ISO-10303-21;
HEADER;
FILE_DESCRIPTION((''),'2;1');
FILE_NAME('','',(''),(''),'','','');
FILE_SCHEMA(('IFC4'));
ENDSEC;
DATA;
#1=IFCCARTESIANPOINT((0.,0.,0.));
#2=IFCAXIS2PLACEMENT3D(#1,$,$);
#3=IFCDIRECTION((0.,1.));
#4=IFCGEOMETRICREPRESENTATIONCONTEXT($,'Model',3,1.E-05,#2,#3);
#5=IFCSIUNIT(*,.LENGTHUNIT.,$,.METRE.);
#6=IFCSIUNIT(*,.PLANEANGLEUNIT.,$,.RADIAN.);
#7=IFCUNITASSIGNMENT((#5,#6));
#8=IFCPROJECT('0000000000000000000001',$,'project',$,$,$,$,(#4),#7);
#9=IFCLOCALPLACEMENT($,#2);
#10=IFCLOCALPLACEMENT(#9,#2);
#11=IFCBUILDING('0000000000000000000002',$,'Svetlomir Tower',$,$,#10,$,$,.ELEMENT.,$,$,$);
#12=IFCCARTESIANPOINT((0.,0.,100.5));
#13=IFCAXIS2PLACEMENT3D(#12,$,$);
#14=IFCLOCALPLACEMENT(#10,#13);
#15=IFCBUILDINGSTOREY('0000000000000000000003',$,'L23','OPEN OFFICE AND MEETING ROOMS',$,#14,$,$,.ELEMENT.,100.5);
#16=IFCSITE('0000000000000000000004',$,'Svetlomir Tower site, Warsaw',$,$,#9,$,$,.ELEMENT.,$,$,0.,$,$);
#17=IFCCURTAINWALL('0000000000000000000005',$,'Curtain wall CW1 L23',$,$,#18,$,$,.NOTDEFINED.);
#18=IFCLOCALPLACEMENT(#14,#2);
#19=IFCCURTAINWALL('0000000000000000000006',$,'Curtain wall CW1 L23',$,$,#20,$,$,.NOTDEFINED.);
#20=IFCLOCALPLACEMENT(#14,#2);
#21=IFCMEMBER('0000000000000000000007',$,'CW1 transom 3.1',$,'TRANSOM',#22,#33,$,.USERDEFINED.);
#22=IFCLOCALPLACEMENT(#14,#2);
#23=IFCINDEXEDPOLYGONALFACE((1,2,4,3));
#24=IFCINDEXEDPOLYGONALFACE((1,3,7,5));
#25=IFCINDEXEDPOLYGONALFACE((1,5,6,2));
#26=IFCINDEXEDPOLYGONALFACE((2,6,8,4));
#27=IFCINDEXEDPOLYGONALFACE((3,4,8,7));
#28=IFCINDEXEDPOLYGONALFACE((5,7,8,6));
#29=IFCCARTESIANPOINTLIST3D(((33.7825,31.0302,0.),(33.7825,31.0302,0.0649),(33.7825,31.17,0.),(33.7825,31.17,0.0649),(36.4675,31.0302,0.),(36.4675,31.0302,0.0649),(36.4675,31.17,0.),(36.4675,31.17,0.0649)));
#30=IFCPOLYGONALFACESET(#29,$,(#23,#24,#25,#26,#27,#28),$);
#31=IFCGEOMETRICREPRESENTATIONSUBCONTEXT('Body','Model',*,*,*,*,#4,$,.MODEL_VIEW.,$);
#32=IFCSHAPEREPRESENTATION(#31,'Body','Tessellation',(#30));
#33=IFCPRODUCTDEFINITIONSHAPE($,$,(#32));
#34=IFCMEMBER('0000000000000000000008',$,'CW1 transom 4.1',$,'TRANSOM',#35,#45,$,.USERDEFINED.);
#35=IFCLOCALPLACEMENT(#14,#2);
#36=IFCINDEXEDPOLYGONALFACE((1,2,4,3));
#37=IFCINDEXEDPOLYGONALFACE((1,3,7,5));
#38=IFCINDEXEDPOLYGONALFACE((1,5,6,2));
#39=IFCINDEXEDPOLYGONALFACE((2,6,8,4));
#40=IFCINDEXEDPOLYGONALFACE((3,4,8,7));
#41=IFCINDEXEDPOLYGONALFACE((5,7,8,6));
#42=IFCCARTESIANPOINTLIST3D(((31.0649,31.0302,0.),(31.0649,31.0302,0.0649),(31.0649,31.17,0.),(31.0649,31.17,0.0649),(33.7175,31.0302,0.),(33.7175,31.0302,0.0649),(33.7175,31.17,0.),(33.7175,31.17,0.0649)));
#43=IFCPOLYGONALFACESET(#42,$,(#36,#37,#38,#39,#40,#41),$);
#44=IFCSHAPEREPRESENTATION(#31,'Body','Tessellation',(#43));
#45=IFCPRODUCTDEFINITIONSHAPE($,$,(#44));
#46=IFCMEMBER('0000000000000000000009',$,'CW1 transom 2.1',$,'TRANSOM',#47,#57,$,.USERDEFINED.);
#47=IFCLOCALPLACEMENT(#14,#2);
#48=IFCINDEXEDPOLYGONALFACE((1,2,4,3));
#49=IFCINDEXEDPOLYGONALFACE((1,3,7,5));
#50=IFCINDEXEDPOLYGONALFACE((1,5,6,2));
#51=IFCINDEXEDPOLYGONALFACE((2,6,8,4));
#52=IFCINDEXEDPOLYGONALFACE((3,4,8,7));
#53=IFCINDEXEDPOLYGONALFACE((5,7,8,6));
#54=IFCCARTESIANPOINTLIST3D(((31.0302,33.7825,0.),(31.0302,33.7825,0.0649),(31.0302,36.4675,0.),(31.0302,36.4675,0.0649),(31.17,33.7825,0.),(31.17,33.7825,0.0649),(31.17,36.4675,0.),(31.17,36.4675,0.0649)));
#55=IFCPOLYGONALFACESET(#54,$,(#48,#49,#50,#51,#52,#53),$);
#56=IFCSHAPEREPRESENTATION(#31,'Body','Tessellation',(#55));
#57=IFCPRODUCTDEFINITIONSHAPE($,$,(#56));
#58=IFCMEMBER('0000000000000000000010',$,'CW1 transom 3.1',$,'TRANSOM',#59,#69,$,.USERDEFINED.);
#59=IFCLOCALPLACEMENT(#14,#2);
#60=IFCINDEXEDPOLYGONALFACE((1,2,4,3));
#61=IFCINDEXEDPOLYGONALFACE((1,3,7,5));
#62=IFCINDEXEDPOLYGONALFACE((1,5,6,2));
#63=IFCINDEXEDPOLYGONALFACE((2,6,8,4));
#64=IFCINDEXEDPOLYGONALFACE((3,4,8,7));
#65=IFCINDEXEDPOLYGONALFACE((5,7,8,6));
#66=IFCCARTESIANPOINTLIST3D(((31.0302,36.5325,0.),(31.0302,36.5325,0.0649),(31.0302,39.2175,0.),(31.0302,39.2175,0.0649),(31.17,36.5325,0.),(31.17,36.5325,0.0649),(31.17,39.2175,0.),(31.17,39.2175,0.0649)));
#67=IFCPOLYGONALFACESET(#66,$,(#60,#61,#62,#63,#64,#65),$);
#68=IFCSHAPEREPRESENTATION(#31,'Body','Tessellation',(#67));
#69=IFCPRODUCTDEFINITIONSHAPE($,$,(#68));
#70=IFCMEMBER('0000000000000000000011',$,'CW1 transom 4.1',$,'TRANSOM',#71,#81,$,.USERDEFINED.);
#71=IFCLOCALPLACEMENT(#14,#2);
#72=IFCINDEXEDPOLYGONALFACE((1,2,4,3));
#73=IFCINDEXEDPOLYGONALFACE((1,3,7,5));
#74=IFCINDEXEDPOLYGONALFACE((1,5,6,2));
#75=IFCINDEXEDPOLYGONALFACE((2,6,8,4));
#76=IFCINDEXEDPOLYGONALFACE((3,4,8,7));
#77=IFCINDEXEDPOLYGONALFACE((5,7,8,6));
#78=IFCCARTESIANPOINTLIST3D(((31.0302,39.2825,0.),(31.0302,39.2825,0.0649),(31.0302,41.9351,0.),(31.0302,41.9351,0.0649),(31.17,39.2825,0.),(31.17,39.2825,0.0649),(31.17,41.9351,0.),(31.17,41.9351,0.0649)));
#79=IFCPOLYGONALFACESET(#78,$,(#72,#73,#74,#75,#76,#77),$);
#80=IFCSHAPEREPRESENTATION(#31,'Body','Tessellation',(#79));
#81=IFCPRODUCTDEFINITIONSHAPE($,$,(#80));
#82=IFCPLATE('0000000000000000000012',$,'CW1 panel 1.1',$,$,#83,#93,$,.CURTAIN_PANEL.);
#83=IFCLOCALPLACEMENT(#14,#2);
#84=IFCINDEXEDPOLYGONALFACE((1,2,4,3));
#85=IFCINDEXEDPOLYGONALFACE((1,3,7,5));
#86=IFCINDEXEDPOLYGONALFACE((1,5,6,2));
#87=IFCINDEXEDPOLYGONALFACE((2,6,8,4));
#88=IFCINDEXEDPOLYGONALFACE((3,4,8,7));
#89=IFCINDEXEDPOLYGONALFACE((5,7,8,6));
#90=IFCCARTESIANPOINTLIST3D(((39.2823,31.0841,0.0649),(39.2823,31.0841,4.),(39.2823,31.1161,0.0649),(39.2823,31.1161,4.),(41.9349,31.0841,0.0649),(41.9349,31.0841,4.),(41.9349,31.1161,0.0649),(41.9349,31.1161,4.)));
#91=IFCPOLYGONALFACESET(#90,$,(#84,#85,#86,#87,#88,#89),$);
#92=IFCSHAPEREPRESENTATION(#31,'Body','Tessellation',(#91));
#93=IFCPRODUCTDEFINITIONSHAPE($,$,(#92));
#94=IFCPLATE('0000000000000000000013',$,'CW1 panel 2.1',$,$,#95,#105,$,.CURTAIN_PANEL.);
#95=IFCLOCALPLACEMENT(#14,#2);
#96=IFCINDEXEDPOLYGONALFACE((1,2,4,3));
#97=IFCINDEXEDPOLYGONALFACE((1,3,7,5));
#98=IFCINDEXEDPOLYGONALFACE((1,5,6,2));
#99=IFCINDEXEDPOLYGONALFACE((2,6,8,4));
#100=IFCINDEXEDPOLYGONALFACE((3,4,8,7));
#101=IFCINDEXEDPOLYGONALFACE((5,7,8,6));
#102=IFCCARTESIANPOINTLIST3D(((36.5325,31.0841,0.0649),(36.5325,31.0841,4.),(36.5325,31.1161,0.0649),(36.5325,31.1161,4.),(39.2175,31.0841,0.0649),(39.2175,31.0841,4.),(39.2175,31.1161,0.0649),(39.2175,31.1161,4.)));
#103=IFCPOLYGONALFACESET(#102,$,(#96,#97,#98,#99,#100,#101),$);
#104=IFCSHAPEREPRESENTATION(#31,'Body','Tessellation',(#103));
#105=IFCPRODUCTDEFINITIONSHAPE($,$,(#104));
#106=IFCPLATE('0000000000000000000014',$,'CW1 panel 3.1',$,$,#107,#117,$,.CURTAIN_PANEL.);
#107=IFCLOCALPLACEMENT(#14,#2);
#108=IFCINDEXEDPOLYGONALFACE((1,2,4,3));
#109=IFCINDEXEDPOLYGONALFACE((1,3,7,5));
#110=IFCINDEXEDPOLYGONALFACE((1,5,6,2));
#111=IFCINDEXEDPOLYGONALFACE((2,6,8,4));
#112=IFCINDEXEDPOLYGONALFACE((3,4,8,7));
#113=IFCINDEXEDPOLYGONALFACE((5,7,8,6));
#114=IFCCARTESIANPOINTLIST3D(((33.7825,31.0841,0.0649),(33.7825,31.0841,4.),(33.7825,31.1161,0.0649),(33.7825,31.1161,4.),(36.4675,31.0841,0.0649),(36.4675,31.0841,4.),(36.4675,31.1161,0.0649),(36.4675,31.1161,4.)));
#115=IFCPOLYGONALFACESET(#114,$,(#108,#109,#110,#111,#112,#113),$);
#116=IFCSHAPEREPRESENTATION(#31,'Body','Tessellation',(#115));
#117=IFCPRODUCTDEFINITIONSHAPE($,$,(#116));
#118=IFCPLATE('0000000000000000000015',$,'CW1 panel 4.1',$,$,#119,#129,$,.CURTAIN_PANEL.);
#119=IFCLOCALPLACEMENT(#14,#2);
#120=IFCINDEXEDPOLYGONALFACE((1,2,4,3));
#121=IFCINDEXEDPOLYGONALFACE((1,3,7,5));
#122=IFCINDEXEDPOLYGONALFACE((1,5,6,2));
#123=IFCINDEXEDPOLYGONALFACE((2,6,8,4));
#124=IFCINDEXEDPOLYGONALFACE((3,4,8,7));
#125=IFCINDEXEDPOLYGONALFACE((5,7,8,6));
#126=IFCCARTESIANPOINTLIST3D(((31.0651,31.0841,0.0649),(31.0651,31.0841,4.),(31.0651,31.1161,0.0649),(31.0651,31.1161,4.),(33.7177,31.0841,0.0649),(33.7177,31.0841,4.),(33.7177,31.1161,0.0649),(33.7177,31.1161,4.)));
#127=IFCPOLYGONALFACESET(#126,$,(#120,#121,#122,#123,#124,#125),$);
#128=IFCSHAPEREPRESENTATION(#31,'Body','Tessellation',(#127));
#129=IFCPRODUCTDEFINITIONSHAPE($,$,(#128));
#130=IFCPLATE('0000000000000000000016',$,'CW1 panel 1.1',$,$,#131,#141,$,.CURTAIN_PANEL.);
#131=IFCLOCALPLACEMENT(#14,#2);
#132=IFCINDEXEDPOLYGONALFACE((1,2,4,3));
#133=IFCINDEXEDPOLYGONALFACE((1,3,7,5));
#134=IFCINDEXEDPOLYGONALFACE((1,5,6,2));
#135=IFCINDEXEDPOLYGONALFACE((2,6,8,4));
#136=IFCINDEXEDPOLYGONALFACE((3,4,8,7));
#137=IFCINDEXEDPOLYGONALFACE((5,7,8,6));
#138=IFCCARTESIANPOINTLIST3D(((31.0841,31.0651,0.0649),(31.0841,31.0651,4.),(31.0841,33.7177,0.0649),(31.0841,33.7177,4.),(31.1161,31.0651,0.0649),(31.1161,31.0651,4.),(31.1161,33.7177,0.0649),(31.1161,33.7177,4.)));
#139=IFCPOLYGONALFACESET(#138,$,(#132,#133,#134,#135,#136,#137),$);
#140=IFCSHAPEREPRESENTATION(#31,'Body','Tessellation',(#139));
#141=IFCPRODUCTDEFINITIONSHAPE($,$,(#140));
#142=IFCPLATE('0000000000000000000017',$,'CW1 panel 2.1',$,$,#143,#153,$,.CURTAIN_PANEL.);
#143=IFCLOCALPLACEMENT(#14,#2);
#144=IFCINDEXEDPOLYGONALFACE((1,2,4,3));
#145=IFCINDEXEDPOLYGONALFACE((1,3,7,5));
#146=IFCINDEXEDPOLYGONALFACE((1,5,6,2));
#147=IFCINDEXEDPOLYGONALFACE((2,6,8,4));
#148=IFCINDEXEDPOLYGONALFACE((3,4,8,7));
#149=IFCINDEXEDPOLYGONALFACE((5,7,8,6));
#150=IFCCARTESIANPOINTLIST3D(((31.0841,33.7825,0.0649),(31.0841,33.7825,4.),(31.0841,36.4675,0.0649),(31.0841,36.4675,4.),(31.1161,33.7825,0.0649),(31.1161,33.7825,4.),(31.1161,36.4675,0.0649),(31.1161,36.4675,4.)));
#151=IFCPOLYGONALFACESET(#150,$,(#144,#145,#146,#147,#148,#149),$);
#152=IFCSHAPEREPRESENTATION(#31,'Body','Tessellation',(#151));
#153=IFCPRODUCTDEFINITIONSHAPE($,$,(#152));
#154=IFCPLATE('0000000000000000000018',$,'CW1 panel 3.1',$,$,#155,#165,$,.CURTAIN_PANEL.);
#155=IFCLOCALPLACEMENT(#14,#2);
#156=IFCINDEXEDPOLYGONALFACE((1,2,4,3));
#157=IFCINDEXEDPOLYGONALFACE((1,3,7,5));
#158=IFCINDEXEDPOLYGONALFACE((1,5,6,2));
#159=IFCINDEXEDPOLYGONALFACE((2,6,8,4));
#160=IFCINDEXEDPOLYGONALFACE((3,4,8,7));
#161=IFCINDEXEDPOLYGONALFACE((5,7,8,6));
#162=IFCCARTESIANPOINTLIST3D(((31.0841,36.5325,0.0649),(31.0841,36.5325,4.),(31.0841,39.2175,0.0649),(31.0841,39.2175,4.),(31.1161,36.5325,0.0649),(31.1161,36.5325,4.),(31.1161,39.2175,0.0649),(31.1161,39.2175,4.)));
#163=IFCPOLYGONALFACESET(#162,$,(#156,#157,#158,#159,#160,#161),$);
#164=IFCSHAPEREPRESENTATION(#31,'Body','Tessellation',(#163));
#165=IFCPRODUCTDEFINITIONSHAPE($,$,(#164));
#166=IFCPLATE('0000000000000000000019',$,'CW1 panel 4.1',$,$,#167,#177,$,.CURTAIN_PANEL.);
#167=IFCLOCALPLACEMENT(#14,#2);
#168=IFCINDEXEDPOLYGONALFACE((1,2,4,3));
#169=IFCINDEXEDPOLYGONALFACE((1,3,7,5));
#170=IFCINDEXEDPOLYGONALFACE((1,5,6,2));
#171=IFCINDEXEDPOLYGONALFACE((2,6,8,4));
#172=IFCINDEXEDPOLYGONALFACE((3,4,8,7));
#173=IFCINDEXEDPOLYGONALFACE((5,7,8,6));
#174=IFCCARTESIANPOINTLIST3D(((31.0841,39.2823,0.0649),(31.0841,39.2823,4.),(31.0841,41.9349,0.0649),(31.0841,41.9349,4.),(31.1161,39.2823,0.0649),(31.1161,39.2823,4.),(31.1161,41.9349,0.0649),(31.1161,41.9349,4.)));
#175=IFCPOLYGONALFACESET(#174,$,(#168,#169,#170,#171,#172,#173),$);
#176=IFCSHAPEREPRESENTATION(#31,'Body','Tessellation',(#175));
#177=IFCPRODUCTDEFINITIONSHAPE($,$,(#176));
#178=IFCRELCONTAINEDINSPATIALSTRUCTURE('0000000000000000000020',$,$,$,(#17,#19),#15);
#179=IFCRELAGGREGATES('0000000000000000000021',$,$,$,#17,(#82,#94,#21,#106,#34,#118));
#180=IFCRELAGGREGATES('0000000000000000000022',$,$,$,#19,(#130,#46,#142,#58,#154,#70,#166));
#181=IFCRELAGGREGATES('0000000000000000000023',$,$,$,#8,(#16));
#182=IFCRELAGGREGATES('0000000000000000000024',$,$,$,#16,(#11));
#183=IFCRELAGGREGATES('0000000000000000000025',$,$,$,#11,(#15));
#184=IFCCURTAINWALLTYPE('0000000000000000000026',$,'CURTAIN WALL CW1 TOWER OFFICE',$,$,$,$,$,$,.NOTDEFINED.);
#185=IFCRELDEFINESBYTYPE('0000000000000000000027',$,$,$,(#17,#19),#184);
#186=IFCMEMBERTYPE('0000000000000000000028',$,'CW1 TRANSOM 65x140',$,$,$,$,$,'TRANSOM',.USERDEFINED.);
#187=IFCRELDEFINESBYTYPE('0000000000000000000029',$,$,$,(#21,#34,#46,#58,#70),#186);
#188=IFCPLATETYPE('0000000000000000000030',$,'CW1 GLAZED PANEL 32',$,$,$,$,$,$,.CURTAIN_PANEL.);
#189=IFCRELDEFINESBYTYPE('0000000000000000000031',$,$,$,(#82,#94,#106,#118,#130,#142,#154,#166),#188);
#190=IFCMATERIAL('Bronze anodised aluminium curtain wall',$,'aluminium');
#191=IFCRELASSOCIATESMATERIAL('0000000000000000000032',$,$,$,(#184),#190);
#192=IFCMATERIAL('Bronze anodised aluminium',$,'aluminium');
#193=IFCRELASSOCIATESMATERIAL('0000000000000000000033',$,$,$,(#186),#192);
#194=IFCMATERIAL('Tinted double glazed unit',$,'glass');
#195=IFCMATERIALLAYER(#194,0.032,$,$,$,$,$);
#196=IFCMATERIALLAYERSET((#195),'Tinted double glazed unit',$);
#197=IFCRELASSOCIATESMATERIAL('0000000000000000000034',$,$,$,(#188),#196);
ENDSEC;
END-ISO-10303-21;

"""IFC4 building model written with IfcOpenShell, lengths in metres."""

from ifc_helpers import new_model, si_unit, direction, frame, origin, origin_2d, place, context, subcontext, project, spatial, rectangle, extrude, material, layer, layer_set, material_profile, profile_set, type_object, element, aggregate, save


model = new_model("IFC4")

# Units and contexts
model_context = context("Model", 3, precision=1e-05, world=origin(), true_north=direction((0.0, 1.0)))
body_context = subcontext(model_context, "Body", "Model", "MODEL_VIEW")
ifc_project = project(units=[si_unit("LENGTHUNIT", "METRE"), si_unit("PLANEANGLEUNIT", "RADIAN")], contexts=[model_context])

# Site, building, storey
site_placement = place(None, origin())
site = spatial("IfcSite", under=ifc_project, at=site_placement, Name="Svetlomir Tower site, Warsaw", CompositionType="ELEMENT", RefElevation=0.0)
building_placement = place(site_placement, origin())
building = spatial("IfcBuilding", under=site, at=building_placement, Name="Svetlomir Tower", CompositionType="ELEMENT")
storey_placement = place(building_placement, frame((0.0, 0.0, 100.5)))
storey = spatial("IfcBuildingStorey", under=building, at=storey_placement, Name="L23", Description="OPEN OFFICE AND MEETING ROOMS", CompositionType="ELEMENT", Elevation=100.5)

# Curtain walls
ifc_material_1 = material(Name="Bronze anodised aluminium curtain wall", Category="aluminium")
curtain_wall_type = type_object("IfcCurtainWallType", Name="CURTAIN WALL CW1 TOWER OFFICE", PredefinedType="NOTDEFINED", material=ifc_material_1)
curtain_wall_1_placement = place(storey_placement, origin())
curtain_wall_1 = element("IfcCurtainWall", 1, at=curtain_wall_1_placement, inside=storey, type_object=curtain_wall_type, Name="Curtain wall CW1 L23", PredefinedType="NOTDEFINED")
curtain_wall_2_placement = place(storey_placement, origin())
curtain_wall_2 = element("IfcCurtainWall", 2, at=curtain_wall_2_placement, inside=storey, type_object=curtain_wall_type, Name="Curtain wall CW1 L23", PredefinedType="NOTDEFINED")

# Members
ifc_material_2 = material(Name="Bronze anodised aluminium", Category="aluminium")
ifc_material_profile_1 = material_profile(ifc_material_2, rectangle(XDim=0.1399, YDim=0.0649, at=origin_2d()), Name="AL 140x65")
ifc_profile_set_1 = profile_set([ifc_material_profile_1], Name="Bronze anodised aluminium 6063-T6")
member_type_1 = type_object("IfcMemberType", Name="CW1 TRANSOM 65x140", ElementType="TRANSOM", PredefinedType="USERDEFINED", material=ifc_profile_set_1)
member_1_placement = place(storey_placement, frame((36.4675, 31.1001, 0.0325), z_axis=(-1.0, 0.0, 0.0), x_axis=(0.0, -1.0, 0.0)))
member_1 = element("IfcMember", 3, at=member_1_placement, type_object=member_type_1, Name="CW1 transom 3.1", ObjectType="TRANSOM", PredefinedType="USERDEFINED", context=body_context, shape_type="SweptSolid", body=[
    extrude(rectangle(XDim=0.1399, YDim=0.0649, at=origin_2d()), origin(), (0.0, 0.0, 1.0), 2.6851),
])
member_2_placement = place(storey_placement, frame((33.7175, 31.1001, 0.0325), z_axis=(-1.0, 0.0, 0.0), x_axis=(0.0, -1.0, 0.0)))
member_2 = element("IfcMember", 4, at=member_2_placement, type_object=member_type_1, Name="CW1 transom 4.1", ObjectType="TRANSOM", PredefinedType="USERDEFINED", context=body_context, shape_type="SweptSolid", body=[
    extrude(rectangle(XDim=0.1399, YDim=0.0649, at=origin_2d()), origin(), (0.0, 0.0, 1.0), 2.6526),
])
member_3_placement = place(storey_placement, frame((31.1001, 33.7825, 0.0325), z_axis=(0.0, 1.0, 0.0), x_axis=(-1.0, 0.0, 0.0)))
member_3 = element("IfcMember", 5, at=member_3_placement, type_object=member_type_1, Name="CW1 transom 2.1", ObjectType="TRANSOM", PredefinedType="USERDEFINED", context=body_context, shape_type="SweptSolid", body=[
    extrude(rectangle(XDim=0.1399, YDim=0.0649, at=origin_2d()), origin(), (0.0, 0.0, 1.0), 2.6851),
])
member_4_placement = place(storey_placement, frame((31.1001, 36.5325, 0.0325), z_axis=(0.0, 1.0, 0.0), x_axis=(-1.0, 0.0, 0.0)))
member_4 = element("IfcMember", 6, at=member_4_placement, type_object=member_type_1, Name="CW1 transom 3.1", ObjectType="TRANSOM", PredefinedType="USERDEFINED", context=body_context, shape_type="SweptSolid", body=[
    extrude(rectangle(XDim=0.1399, YDim=0.0649, at=origin_2d()), origin(), (0.0, 0.0, 1.0), 2.6851),
])
member_5_placement = place(storey_placement, frame((31.1001, 39.2825, 0.0325), z_axis=(0.0, 1.0, 0.0), x_axis=(-1.0, 0.0, 0.0)))
member_5 = element("IfcMember", 7, at=member_5_placement, type_object=member_type_1, Name="CW1 transom 4.1", ObjectType="TRANSOM", PredefinedType="USERDEFINED", context=body_context, shape_type="SweptSolid", body=[
    extrude(rectangle(XDim=0.1399, YDim=0.0649, at=origin_2d()), origin(), (0.0, 0.0, 1.0), 2.6526),
])

# Plates
ifc_material_3 = material(Name="Tinted double glazed unit", Category="glass")
ifc_layer = layer(ifc_material_3, 0.032)
ifc_layer_set = layer_set([ifc_layer], Name="Tinted double glazed unit")
plate_type = type_object("IfcPlateType", Name="CW1 GLAZED PANEL 32", PredefinedType="CURTAIN_PANEL", material=ifc_layer_set)
plate_1_placement = place(storey_placement, frame((40.6086, 31.1001, 0.0649), z_axis=(0.0, 0.0, 1.0), x_axis=(-1.0, 0.0, 0.0)))
plate_1 = element("IfcPlate", 8, at=plate_1_placement, type_object=plate_type, Name="CW1 panel 1.1", PredefinedType="CURTAIN_PANEL", context=body_context, shape_type="SweptSolid", body=[
    extrude(rectangle(XDim=2.6526, YDim=0.032, at=origin_2d()), origin(), (0.0, 0.0, 1.0), 3.9351),
])
plate_2_placement = place(storey_placement, frame((37.875, 31.1001, 0.0649), z_axis=(0.0, 0.0, 1.0), x_axis=(-1.0, 0.0, 0.0)))
plate_2 = element("IfcPlate", 9, at=plate_2_placement, type_object=plate_type, Name="CW1 panel 2.1", PredefinedType="CURTAIN_PANEL", context=body_context, shape_type="SweptSolid", body=[
    extrude(rectangle(XDim=2.6851, YDim=0.032, at=origin_2d()), origin(), (0.0, 0.0, 1.0), 3.9351),
])
plate_3_placement = place(storey_placement, frame((35.125, 31.1001, 0.0649), z_axis=(0.0, 0.0, 1.0), x_axis=(-1.0, 0.0, 0.0)))
plate_3 = element("IfcPlate", 10, at=plate_3_placement, type_object=plate_type, Name="CW1 panel 3.1", PredefinedType="CURTAIN_PANEL", context=body_context, shape_type="SweptSolid", body=[
    extrude(rectangle(XDim=2.6851, YDim=0.032, at=origin_2d()), origin(), (0.0, 0.0, 1.0), 3.9351),
])
plate_4_placement = place(storey_placement, frame((32.3914, 31.1001, 0.0649), z_axis=(0.0, 0.0, 1.0), x_axis=(-1.0, 0.0, 0.0)))
plate_4 = element("IfcPlate", 11, at=plate_4_placement, type_object=plate_type, Name="CW1 panel 4.1", PredefinedType="CURTAIN_PANEL", context=body_context, shape_type="SweptSolid", body=[
    extrude(rectangle(XDim=2.6526, YDim=0.032, at=origin_2d()), origin(), (0.0, 0.0, 1.0), 3.9351),
])
aggregate(curtain_wall_1, [plate_1, plate_2, member_1, plate_3, member_2, plate_4])
plate_5_placement = place(storey_placement, frame((31.1001, 32.3914, 0.0649), z_axis=(0.0, 0.0, 1.0), x_axis=(0.0, 1.0, 0.0)))
plate_5 = element("IfcPlate", 12, at=plate_5_placement, type_object=plate_type, Name="CW1 panel 1.1", PredefinedType="CURTAIN_PANEL", context=body_context, shape_type="SweptSolid", body=[
    extrude(rectangle(XDim=2.6526, YDim=0.032, at=origin_2d()), origin(), (0.0, 0.0, 1.0), 3.9351),
])
plate_6_placement = place(storey_placement, frame((31.1001, 35.125, 0.0649), z_axis=(0.0, 0.0, 1.0), x_axis=(0.0, 1.0, 0.0)))
plate_6 = element("IfcPlate", 13, at=plate_6_placement, type_object=plate_type, Name="CW1 panel 2.1", PredefinedType="CURTAIN_PANEL", context=body_context, shape_type="SweptSolid", body=[
    extrude(rectangle(XDim=2.6851, YDim=0.032, at=origin_2d()), origin(), (0.0, 0.0, 1.0), 3.9351),
])
plate_7_placement = place(storey_placement, frame((31.1001, 37.875, 0.0649), z_axis=(0.0, 0.0, 1.0), x_axis=(0.0, 1.0, 0.0)))
plate_7 = element("IfcPlate", 14, at=plate_7_placement, type_object=plate_type, Name="CW1 panel 3.1", PredefinedType="CURTAIN_PANEL", context=body_context, shape_type="SweptSolid", body=[
    extrude(rectangle(XDim=2.6851, YDim=0.032, at=origin_2d()), origin(), (0.0, 0.0, 1.0), 3.9351),
])
plate_8_placement = place(storey_placement, frame((31.1001, 40.6086, 0.0649), z_axis=(0.0, 0.0, 1.0), x_axis=(0.0, 1.0, 0.0)))
plate_8 = element("IfcPlate", 15, at=plate_8_placement, type_object=plate_type, Name="CW1 panel 4.1", PredefinedType="CURTAIN_PANEL", context=body_context, shape_type="SweptSolid", body=[
    extrude(rectangle(XDim=2.6526, YDim=0.032, at=origin_2d()), origin(), (0.0, 0.0, 1.0), 3.9351),
])
aggregate(curtain_wall_2, [plate_5, member_3, plate_6, member_4, plate_7, member_5, plate_8])

save(model, "model.ifc")
